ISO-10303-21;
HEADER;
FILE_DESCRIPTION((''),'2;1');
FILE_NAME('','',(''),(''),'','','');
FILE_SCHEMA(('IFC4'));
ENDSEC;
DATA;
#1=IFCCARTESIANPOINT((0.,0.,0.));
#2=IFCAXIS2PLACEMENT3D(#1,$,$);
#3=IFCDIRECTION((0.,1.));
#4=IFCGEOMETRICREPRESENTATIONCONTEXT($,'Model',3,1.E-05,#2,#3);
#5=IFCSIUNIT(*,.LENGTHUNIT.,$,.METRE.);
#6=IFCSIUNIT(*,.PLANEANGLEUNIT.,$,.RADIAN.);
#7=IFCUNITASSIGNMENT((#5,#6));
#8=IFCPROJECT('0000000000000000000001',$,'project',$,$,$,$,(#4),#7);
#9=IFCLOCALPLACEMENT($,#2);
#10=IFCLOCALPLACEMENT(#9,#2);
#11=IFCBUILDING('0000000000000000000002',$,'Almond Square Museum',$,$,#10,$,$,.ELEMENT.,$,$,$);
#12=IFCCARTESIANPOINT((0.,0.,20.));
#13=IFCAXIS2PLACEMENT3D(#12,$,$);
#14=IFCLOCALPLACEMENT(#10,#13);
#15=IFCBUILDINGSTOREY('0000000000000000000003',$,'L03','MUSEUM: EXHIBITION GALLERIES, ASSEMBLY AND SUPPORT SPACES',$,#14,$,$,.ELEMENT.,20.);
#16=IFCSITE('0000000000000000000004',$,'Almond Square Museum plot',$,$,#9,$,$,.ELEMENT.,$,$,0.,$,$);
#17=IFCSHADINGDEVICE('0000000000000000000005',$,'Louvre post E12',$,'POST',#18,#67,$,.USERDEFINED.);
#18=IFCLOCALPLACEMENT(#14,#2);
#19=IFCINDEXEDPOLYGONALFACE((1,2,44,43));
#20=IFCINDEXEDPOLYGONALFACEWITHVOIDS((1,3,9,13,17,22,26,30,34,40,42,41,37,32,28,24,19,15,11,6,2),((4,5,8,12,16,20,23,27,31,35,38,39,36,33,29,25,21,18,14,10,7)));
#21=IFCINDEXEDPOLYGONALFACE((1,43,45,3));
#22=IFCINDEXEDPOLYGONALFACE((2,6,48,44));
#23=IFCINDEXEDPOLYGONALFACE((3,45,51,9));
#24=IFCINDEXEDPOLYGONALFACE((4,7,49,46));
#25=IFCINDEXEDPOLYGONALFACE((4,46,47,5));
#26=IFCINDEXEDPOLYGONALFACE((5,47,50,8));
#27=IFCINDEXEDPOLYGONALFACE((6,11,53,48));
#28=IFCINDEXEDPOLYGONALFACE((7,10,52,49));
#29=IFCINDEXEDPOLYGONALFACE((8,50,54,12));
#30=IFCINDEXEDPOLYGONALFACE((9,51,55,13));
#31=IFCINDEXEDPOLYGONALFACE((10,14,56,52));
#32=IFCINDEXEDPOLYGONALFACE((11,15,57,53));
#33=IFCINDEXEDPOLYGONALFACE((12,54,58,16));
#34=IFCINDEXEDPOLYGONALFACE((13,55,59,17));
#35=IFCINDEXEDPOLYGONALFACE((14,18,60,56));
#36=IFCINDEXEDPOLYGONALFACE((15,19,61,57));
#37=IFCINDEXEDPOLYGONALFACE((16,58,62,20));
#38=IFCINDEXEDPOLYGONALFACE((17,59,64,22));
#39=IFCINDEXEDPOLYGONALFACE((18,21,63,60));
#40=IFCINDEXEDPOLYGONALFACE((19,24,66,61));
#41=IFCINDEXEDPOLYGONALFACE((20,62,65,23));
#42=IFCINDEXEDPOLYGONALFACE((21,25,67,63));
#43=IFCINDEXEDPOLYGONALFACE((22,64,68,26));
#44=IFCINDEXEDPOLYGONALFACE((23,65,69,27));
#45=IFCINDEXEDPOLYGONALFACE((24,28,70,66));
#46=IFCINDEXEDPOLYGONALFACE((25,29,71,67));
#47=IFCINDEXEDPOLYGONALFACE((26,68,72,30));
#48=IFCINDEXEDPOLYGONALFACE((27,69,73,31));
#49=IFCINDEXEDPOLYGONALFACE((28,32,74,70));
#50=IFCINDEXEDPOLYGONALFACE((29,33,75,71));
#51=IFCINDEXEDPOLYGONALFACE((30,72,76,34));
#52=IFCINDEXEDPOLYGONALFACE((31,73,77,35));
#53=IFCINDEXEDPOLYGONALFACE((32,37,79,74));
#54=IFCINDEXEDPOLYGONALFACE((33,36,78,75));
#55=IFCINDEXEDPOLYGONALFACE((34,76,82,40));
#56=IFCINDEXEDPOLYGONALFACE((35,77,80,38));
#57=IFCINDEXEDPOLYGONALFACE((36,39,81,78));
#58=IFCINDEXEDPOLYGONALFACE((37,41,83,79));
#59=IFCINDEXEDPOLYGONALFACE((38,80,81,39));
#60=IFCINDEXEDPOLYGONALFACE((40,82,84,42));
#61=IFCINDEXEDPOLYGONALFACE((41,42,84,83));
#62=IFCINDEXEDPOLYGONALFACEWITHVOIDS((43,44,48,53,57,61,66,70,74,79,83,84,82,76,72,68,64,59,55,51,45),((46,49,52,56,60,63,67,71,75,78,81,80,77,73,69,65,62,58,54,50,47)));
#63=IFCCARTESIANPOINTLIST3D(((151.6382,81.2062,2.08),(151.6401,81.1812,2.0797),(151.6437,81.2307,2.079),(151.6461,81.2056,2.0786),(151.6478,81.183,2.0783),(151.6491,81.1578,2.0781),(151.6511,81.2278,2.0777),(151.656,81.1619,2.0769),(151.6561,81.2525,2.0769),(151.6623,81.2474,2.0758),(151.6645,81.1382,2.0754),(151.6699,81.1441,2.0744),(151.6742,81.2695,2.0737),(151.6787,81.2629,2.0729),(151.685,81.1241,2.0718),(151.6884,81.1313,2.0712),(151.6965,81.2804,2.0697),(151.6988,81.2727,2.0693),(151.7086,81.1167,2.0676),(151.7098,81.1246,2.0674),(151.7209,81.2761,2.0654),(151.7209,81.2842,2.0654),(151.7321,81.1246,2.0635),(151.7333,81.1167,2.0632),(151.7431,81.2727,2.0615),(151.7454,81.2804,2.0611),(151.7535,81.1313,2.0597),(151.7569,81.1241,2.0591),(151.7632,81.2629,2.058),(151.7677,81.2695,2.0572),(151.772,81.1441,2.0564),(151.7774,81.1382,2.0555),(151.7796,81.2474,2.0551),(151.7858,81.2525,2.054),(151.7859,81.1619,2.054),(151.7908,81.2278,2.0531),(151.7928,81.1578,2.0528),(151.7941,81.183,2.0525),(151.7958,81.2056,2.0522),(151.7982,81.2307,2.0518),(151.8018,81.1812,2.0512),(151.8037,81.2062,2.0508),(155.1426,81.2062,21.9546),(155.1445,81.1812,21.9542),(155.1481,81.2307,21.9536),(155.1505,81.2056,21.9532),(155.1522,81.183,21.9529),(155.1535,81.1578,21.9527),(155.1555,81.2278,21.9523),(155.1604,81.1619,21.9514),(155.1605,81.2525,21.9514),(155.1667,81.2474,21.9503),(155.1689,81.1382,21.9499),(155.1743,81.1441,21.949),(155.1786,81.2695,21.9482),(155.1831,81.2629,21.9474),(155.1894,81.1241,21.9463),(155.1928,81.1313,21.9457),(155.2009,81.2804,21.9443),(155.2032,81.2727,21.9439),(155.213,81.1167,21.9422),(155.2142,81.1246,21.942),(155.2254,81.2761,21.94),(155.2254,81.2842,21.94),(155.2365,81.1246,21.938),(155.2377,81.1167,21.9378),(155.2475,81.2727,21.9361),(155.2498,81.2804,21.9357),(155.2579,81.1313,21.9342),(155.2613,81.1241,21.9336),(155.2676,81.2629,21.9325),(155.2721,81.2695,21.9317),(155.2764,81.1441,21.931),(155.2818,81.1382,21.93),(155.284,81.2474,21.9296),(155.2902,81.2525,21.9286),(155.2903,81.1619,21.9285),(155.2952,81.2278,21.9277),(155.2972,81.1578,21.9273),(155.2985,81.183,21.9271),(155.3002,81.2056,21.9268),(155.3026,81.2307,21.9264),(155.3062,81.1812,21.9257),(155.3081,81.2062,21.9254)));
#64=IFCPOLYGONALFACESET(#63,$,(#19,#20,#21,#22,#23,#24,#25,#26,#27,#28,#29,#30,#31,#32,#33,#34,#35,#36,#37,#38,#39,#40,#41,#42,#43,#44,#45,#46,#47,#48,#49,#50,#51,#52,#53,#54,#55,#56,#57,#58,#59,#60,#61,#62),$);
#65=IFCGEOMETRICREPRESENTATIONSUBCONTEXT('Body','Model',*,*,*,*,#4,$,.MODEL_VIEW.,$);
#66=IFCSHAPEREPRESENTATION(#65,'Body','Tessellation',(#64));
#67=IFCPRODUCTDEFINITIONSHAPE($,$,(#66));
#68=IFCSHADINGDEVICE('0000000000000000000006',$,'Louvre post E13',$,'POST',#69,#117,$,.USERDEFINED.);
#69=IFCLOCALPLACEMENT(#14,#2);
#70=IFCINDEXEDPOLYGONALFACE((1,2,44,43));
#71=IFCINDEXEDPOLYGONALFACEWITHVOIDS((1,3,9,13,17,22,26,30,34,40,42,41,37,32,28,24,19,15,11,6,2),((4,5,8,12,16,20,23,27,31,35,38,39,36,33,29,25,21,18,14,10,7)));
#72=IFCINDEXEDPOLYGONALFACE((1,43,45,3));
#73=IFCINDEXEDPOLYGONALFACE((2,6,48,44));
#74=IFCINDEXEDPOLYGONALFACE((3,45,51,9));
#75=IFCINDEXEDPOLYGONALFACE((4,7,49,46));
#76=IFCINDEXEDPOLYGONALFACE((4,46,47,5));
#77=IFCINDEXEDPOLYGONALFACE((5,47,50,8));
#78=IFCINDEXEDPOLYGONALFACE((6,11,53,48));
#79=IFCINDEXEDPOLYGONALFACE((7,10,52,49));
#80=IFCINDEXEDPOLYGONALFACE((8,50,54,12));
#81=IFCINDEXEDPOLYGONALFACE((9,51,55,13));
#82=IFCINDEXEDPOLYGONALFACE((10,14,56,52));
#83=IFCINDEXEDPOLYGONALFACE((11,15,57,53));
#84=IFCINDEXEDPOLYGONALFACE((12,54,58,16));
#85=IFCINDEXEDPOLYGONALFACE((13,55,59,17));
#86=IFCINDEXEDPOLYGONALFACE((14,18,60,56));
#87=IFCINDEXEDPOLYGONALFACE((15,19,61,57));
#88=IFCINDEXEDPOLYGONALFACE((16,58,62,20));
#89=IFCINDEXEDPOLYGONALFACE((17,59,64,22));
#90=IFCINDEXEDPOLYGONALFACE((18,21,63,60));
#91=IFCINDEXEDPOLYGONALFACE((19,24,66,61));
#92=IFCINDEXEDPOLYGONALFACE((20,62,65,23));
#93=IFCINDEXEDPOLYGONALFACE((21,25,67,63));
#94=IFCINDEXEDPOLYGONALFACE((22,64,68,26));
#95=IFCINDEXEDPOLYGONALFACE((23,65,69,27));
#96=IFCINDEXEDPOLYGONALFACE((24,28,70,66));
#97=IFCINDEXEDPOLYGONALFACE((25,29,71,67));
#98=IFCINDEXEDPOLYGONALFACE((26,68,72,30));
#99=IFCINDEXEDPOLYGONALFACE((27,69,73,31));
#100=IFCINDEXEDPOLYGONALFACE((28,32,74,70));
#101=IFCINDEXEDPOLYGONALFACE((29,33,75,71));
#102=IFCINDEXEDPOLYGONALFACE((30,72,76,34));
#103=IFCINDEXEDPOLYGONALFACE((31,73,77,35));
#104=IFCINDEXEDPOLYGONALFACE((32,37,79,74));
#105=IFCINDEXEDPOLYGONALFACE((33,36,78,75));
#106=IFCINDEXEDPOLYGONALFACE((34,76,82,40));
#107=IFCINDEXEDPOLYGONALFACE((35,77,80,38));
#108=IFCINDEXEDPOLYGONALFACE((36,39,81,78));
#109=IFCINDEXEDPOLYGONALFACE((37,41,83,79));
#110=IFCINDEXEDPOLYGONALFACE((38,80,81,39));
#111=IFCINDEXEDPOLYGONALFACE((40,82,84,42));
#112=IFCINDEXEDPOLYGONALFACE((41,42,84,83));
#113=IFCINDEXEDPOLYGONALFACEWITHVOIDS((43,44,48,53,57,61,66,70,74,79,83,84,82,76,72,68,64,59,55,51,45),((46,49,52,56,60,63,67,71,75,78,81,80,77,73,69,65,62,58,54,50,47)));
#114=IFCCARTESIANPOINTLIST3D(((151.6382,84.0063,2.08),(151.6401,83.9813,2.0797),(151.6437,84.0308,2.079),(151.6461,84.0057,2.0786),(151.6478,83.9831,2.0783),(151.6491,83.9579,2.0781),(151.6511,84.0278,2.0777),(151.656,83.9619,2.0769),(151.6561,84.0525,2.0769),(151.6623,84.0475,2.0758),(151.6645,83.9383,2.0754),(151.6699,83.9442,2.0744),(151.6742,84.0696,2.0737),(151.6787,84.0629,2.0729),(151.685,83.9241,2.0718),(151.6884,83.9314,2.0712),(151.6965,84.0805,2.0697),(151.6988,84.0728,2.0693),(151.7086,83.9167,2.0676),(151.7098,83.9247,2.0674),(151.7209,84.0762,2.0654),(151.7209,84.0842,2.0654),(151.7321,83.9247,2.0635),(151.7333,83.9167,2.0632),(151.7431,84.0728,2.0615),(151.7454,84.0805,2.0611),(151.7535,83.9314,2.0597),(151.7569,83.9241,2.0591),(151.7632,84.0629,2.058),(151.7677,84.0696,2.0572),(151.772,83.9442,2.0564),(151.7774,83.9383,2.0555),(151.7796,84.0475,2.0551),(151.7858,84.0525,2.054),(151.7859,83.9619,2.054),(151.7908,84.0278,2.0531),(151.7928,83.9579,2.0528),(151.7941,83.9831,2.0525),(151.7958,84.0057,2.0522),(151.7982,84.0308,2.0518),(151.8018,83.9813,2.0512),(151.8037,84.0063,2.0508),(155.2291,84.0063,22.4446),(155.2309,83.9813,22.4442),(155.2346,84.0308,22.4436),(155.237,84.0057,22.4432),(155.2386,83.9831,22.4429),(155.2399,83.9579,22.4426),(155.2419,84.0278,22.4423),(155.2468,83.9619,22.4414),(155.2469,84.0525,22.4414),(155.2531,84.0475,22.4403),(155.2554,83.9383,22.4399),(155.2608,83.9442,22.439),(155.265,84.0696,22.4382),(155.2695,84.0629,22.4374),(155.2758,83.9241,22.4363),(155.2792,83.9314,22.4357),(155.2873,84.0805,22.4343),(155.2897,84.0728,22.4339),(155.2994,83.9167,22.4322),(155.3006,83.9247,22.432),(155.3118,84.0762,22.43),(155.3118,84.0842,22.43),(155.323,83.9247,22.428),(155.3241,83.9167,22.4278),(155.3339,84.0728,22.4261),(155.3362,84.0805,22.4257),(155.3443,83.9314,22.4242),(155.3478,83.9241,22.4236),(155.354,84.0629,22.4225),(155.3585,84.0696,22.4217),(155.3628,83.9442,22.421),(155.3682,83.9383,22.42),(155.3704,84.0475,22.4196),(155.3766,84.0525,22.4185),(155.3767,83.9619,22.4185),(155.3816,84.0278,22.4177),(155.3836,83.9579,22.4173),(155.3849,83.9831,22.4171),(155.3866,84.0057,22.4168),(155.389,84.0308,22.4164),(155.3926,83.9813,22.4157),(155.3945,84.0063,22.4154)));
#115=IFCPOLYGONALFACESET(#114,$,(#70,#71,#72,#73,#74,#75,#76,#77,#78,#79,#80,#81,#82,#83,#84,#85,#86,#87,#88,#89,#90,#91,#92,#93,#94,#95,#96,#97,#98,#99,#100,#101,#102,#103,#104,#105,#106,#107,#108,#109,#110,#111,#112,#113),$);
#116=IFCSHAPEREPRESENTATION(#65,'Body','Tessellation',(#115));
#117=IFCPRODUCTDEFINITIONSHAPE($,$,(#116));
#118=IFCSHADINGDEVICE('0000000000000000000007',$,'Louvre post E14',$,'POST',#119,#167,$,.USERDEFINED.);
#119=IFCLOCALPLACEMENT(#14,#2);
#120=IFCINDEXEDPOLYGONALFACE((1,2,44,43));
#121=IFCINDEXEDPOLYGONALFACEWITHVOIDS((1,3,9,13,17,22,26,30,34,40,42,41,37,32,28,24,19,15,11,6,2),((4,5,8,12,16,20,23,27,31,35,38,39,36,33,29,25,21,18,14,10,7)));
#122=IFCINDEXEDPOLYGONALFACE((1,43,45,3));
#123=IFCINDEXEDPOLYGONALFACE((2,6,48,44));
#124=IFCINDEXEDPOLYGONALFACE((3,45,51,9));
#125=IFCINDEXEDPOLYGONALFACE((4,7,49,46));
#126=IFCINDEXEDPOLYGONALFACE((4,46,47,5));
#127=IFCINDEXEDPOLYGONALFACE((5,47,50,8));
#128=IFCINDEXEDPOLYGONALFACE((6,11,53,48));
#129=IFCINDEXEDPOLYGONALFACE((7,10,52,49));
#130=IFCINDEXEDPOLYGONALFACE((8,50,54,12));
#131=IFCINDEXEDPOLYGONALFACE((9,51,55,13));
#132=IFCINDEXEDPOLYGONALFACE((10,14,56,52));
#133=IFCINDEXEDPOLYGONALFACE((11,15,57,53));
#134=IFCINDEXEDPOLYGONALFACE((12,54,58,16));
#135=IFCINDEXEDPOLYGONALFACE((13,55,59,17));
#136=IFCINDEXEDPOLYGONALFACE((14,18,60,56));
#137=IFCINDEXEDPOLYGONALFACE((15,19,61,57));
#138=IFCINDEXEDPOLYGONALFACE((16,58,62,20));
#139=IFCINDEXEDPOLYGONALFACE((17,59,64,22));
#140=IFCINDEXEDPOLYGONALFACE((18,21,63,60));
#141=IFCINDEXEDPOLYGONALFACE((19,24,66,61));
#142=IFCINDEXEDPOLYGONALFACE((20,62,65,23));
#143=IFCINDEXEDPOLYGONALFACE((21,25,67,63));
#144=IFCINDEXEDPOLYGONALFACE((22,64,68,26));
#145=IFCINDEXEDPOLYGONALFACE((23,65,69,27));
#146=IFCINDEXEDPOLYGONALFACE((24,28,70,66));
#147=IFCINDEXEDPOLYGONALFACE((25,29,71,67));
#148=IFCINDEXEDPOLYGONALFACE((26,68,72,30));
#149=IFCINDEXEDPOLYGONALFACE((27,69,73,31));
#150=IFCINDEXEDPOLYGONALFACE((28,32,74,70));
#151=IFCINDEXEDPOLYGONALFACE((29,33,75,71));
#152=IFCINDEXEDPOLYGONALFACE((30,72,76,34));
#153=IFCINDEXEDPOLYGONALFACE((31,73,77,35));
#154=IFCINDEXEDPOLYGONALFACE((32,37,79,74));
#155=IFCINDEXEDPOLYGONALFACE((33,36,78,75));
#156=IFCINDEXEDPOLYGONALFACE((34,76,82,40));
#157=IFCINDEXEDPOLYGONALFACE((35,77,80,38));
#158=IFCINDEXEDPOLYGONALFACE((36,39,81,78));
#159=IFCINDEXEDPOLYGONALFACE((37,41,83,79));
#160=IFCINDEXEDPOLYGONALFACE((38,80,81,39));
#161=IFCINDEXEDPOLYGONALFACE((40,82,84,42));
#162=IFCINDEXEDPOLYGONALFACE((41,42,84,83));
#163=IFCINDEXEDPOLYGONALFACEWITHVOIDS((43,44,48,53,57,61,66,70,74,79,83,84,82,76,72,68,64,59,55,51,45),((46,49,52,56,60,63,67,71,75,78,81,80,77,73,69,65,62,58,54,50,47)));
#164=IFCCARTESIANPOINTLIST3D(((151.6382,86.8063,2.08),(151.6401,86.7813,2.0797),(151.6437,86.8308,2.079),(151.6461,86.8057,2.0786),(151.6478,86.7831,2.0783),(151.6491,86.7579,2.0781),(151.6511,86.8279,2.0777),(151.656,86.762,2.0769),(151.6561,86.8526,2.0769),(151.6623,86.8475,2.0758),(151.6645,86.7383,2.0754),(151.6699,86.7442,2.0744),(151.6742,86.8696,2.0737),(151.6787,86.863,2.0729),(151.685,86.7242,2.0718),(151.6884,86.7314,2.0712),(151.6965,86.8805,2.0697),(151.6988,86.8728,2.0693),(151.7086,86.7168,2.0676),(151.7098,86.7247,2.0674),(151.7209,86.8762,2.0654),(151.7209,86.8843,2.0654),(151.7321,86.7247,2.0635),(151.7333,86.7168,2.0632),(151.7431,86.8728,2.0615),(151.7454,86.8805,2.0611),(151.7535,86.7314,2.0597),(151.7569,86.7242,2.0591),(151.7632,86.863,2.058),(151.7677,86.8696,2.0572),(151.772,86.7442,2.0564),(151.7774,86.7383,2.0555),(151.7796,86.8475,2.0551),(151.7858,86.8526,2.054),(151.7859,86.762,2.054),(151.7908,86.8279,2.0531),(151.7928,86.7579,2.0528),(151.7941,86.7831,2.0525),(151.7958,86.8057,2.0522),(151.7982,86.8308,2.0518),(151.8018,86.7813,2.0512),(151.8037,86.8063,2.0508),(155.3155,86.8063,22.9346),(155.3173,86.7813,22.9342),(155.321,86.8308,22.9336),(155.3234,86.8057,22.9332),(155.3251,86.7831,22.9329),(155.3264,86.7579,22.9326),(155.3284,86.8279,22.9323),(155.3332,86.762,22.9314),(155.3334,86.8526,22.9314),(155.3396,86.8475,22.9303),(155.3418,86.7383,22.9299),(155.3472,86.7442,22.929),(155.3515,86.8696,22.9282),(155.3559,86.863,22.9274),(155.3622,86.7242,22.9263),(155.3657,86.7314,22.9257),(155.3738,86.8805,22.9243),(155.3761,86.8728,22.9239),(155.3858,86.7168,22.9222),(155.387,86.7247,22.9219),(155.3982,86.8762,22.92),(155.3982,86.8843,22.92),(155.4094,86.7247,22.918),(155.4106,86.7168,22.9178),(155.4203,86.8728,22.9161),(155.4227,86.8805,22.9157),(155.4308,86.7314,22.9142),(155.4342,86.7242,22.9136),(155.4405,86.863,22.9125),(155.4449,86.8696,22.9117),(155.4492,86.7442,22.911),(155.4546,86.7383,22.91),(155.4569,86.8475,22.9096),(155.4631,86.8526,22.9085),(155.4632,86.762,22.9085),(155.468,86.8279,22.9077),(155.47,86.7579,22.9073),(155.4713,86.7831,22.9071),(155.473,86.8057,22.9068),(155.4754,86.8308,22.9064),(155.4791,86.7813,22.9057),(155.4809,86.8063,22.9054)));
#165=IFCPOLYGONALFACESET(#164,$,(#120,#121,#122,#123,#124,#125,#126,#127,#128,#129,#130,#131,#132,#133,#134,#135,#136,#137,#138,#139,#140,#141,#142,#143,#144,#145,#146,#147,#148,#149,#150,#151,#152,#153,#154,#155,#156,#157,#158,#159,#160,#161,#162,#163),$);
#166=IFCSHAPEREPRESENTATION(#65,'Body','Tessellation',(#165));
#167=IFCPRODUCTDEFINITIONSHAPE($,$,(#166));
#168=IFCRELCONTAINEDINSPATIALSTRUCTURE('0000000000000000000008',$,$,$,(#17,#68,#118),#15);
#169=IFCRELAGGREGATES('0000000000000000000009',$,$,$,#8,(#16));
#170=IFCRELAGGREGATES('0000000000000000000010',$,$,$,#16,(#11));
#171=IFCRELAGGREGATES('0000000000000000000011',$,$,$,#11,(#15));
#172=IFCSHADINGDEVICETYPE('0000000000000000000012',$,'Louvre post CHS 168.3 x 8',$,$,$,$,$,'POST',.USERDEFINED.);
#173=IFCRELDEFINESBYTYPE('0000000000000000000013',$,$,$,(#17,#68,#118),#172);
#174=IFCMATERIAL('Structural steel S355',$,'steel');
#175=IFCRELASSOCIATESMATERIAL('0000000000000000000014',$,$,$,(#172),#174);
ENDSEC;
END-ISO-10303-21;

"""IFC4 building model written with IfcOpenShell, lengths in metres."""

from ifc_helpers import new_model, si_unit, direction, frame, origin, origin_2d, place, context, subcontext, project, spatial, hollow_circle, extrude, material, material_profile, profile_set, type_object, element, save


model = new_model("IFC4")

# Units and contexts
model_context = context("Model", 3, precision=1e-05, world=origin(), true_north=direction((0.0, 1.0)))
body_context = subcontext(model_context, "Body", "Model", "MODEL_VIEW")
ifc_project = project(units=[si_unit("LENGTHUNIT", "METRE"), si_unit("PLANEANGLEUNIT", "RADIAN")], contexts=[model_context])

# Site, building, storey
site_placement = place(None, origin())
site = spatial("IfcSite", under=ifc_project, at=site_placement, Name="Almond Square Museum plot", CompositionType="ELEMENT", RefElevation=0.0)
building_placement = place(site_placement, origin())
building = spatial("IfcBuilding", under=site, at=building_placement, Name="Almond Square Museum", CompositionType="ELEMENT")
storey_placement = place(building_placement, frame((0.0, 0.0, 20.0)))
storey = spatial("IfcBuildingStorey", under=building, at=storey_placement, Name="L03", Description="MUSEUM: EXHIBITION GALLERIES, ASSEMBLY AND SUPPORT SPACES", CompositionType="ELEMENT", Elevation=20.0)

# Shading devices
ifc_material_1 = material(Name="Structural steel S355", Category="steel")
ifc_material_profile_1 = material_profile(ifc_material_1, hollow_circle(Radius=0.0842, WallThickness=0.0081, at=origin_2d()))
ifc_profile_set_1 = profile_set([ifc_material_profile_1], Name="Structural steel S355")
shading_device_type = type_object("IfcShadingDeviceType", Name="Louvre post CHS 168.3 x 8", ElementType="POST", PredefinedType="USERDEFINED", material=ifc_profile_set_1)
shading_device_1_placement = place(storey_placement, frame((151.7209, 81.2, 2.0654), z_axis=(0.173647, 0.0, 0.984808), x_axis=(0.0, 1.0, 0.0)))
element("IfcShadingDevice", 1, at=shading_device_1_placement, inside=storey, type_object=shading_device_type, Name="Louvre post E12", ObjectType="POST", PredefinedType="USERDEFINED", context=body_context, shape_type="SweptSolid", body=[
    extrude(hollow_circle(Radius=0.0842, WallThickness=0.0081, at=origin_2d()), origin(), (0.0, 0.0, 1.0), 20.1812),
])
shading_device_2_placement = place(storey_placement, frame((151.7209, 84.0, 2.0654), z_axis=(0.173649, 0.0, 0.984808), x_axis=(0.0, 1.0, 0.0)))
element("IfcShadingDevice", 2, at=shading_device_2_placement, inside=storey, type_object=shading_device_type, Name="Louvre post E13", ObjectType="POST", PredefinedType="USERDEFINED", context=body_context, shape_type="SweptSolid", body=[
    extrude(hollow_circle(Radius=0.0842, WallThickness=0.0081, at=origin_2d()), origin(), (0.0, 0.0, 1.0), 20.6787),
])
shading_device_3_placement = place(storey_placement, frame((151.7209, 86.8, 2.0654), z_axis=(0.17365, 0.0, 0.984807), x_axis=(0.0, 1.0, 0.0)))
element("IfcShadingDevice", 3, at=shading_device_3_placement, inside=storey, type_object=shading_device_type, Name="Louvre post E14", ObjectType="POST", PredefinedType="USERDEFINED", context=body_context, shape_type="SweptSolid", body=[
    extrude(hollow_circle(Radius=0.0842, WallThickness=0.0081, at=origin_2d()), origin(), (0.0, 0.0, 1.0), 21.1763),
])

save(model, "model.ifc")
